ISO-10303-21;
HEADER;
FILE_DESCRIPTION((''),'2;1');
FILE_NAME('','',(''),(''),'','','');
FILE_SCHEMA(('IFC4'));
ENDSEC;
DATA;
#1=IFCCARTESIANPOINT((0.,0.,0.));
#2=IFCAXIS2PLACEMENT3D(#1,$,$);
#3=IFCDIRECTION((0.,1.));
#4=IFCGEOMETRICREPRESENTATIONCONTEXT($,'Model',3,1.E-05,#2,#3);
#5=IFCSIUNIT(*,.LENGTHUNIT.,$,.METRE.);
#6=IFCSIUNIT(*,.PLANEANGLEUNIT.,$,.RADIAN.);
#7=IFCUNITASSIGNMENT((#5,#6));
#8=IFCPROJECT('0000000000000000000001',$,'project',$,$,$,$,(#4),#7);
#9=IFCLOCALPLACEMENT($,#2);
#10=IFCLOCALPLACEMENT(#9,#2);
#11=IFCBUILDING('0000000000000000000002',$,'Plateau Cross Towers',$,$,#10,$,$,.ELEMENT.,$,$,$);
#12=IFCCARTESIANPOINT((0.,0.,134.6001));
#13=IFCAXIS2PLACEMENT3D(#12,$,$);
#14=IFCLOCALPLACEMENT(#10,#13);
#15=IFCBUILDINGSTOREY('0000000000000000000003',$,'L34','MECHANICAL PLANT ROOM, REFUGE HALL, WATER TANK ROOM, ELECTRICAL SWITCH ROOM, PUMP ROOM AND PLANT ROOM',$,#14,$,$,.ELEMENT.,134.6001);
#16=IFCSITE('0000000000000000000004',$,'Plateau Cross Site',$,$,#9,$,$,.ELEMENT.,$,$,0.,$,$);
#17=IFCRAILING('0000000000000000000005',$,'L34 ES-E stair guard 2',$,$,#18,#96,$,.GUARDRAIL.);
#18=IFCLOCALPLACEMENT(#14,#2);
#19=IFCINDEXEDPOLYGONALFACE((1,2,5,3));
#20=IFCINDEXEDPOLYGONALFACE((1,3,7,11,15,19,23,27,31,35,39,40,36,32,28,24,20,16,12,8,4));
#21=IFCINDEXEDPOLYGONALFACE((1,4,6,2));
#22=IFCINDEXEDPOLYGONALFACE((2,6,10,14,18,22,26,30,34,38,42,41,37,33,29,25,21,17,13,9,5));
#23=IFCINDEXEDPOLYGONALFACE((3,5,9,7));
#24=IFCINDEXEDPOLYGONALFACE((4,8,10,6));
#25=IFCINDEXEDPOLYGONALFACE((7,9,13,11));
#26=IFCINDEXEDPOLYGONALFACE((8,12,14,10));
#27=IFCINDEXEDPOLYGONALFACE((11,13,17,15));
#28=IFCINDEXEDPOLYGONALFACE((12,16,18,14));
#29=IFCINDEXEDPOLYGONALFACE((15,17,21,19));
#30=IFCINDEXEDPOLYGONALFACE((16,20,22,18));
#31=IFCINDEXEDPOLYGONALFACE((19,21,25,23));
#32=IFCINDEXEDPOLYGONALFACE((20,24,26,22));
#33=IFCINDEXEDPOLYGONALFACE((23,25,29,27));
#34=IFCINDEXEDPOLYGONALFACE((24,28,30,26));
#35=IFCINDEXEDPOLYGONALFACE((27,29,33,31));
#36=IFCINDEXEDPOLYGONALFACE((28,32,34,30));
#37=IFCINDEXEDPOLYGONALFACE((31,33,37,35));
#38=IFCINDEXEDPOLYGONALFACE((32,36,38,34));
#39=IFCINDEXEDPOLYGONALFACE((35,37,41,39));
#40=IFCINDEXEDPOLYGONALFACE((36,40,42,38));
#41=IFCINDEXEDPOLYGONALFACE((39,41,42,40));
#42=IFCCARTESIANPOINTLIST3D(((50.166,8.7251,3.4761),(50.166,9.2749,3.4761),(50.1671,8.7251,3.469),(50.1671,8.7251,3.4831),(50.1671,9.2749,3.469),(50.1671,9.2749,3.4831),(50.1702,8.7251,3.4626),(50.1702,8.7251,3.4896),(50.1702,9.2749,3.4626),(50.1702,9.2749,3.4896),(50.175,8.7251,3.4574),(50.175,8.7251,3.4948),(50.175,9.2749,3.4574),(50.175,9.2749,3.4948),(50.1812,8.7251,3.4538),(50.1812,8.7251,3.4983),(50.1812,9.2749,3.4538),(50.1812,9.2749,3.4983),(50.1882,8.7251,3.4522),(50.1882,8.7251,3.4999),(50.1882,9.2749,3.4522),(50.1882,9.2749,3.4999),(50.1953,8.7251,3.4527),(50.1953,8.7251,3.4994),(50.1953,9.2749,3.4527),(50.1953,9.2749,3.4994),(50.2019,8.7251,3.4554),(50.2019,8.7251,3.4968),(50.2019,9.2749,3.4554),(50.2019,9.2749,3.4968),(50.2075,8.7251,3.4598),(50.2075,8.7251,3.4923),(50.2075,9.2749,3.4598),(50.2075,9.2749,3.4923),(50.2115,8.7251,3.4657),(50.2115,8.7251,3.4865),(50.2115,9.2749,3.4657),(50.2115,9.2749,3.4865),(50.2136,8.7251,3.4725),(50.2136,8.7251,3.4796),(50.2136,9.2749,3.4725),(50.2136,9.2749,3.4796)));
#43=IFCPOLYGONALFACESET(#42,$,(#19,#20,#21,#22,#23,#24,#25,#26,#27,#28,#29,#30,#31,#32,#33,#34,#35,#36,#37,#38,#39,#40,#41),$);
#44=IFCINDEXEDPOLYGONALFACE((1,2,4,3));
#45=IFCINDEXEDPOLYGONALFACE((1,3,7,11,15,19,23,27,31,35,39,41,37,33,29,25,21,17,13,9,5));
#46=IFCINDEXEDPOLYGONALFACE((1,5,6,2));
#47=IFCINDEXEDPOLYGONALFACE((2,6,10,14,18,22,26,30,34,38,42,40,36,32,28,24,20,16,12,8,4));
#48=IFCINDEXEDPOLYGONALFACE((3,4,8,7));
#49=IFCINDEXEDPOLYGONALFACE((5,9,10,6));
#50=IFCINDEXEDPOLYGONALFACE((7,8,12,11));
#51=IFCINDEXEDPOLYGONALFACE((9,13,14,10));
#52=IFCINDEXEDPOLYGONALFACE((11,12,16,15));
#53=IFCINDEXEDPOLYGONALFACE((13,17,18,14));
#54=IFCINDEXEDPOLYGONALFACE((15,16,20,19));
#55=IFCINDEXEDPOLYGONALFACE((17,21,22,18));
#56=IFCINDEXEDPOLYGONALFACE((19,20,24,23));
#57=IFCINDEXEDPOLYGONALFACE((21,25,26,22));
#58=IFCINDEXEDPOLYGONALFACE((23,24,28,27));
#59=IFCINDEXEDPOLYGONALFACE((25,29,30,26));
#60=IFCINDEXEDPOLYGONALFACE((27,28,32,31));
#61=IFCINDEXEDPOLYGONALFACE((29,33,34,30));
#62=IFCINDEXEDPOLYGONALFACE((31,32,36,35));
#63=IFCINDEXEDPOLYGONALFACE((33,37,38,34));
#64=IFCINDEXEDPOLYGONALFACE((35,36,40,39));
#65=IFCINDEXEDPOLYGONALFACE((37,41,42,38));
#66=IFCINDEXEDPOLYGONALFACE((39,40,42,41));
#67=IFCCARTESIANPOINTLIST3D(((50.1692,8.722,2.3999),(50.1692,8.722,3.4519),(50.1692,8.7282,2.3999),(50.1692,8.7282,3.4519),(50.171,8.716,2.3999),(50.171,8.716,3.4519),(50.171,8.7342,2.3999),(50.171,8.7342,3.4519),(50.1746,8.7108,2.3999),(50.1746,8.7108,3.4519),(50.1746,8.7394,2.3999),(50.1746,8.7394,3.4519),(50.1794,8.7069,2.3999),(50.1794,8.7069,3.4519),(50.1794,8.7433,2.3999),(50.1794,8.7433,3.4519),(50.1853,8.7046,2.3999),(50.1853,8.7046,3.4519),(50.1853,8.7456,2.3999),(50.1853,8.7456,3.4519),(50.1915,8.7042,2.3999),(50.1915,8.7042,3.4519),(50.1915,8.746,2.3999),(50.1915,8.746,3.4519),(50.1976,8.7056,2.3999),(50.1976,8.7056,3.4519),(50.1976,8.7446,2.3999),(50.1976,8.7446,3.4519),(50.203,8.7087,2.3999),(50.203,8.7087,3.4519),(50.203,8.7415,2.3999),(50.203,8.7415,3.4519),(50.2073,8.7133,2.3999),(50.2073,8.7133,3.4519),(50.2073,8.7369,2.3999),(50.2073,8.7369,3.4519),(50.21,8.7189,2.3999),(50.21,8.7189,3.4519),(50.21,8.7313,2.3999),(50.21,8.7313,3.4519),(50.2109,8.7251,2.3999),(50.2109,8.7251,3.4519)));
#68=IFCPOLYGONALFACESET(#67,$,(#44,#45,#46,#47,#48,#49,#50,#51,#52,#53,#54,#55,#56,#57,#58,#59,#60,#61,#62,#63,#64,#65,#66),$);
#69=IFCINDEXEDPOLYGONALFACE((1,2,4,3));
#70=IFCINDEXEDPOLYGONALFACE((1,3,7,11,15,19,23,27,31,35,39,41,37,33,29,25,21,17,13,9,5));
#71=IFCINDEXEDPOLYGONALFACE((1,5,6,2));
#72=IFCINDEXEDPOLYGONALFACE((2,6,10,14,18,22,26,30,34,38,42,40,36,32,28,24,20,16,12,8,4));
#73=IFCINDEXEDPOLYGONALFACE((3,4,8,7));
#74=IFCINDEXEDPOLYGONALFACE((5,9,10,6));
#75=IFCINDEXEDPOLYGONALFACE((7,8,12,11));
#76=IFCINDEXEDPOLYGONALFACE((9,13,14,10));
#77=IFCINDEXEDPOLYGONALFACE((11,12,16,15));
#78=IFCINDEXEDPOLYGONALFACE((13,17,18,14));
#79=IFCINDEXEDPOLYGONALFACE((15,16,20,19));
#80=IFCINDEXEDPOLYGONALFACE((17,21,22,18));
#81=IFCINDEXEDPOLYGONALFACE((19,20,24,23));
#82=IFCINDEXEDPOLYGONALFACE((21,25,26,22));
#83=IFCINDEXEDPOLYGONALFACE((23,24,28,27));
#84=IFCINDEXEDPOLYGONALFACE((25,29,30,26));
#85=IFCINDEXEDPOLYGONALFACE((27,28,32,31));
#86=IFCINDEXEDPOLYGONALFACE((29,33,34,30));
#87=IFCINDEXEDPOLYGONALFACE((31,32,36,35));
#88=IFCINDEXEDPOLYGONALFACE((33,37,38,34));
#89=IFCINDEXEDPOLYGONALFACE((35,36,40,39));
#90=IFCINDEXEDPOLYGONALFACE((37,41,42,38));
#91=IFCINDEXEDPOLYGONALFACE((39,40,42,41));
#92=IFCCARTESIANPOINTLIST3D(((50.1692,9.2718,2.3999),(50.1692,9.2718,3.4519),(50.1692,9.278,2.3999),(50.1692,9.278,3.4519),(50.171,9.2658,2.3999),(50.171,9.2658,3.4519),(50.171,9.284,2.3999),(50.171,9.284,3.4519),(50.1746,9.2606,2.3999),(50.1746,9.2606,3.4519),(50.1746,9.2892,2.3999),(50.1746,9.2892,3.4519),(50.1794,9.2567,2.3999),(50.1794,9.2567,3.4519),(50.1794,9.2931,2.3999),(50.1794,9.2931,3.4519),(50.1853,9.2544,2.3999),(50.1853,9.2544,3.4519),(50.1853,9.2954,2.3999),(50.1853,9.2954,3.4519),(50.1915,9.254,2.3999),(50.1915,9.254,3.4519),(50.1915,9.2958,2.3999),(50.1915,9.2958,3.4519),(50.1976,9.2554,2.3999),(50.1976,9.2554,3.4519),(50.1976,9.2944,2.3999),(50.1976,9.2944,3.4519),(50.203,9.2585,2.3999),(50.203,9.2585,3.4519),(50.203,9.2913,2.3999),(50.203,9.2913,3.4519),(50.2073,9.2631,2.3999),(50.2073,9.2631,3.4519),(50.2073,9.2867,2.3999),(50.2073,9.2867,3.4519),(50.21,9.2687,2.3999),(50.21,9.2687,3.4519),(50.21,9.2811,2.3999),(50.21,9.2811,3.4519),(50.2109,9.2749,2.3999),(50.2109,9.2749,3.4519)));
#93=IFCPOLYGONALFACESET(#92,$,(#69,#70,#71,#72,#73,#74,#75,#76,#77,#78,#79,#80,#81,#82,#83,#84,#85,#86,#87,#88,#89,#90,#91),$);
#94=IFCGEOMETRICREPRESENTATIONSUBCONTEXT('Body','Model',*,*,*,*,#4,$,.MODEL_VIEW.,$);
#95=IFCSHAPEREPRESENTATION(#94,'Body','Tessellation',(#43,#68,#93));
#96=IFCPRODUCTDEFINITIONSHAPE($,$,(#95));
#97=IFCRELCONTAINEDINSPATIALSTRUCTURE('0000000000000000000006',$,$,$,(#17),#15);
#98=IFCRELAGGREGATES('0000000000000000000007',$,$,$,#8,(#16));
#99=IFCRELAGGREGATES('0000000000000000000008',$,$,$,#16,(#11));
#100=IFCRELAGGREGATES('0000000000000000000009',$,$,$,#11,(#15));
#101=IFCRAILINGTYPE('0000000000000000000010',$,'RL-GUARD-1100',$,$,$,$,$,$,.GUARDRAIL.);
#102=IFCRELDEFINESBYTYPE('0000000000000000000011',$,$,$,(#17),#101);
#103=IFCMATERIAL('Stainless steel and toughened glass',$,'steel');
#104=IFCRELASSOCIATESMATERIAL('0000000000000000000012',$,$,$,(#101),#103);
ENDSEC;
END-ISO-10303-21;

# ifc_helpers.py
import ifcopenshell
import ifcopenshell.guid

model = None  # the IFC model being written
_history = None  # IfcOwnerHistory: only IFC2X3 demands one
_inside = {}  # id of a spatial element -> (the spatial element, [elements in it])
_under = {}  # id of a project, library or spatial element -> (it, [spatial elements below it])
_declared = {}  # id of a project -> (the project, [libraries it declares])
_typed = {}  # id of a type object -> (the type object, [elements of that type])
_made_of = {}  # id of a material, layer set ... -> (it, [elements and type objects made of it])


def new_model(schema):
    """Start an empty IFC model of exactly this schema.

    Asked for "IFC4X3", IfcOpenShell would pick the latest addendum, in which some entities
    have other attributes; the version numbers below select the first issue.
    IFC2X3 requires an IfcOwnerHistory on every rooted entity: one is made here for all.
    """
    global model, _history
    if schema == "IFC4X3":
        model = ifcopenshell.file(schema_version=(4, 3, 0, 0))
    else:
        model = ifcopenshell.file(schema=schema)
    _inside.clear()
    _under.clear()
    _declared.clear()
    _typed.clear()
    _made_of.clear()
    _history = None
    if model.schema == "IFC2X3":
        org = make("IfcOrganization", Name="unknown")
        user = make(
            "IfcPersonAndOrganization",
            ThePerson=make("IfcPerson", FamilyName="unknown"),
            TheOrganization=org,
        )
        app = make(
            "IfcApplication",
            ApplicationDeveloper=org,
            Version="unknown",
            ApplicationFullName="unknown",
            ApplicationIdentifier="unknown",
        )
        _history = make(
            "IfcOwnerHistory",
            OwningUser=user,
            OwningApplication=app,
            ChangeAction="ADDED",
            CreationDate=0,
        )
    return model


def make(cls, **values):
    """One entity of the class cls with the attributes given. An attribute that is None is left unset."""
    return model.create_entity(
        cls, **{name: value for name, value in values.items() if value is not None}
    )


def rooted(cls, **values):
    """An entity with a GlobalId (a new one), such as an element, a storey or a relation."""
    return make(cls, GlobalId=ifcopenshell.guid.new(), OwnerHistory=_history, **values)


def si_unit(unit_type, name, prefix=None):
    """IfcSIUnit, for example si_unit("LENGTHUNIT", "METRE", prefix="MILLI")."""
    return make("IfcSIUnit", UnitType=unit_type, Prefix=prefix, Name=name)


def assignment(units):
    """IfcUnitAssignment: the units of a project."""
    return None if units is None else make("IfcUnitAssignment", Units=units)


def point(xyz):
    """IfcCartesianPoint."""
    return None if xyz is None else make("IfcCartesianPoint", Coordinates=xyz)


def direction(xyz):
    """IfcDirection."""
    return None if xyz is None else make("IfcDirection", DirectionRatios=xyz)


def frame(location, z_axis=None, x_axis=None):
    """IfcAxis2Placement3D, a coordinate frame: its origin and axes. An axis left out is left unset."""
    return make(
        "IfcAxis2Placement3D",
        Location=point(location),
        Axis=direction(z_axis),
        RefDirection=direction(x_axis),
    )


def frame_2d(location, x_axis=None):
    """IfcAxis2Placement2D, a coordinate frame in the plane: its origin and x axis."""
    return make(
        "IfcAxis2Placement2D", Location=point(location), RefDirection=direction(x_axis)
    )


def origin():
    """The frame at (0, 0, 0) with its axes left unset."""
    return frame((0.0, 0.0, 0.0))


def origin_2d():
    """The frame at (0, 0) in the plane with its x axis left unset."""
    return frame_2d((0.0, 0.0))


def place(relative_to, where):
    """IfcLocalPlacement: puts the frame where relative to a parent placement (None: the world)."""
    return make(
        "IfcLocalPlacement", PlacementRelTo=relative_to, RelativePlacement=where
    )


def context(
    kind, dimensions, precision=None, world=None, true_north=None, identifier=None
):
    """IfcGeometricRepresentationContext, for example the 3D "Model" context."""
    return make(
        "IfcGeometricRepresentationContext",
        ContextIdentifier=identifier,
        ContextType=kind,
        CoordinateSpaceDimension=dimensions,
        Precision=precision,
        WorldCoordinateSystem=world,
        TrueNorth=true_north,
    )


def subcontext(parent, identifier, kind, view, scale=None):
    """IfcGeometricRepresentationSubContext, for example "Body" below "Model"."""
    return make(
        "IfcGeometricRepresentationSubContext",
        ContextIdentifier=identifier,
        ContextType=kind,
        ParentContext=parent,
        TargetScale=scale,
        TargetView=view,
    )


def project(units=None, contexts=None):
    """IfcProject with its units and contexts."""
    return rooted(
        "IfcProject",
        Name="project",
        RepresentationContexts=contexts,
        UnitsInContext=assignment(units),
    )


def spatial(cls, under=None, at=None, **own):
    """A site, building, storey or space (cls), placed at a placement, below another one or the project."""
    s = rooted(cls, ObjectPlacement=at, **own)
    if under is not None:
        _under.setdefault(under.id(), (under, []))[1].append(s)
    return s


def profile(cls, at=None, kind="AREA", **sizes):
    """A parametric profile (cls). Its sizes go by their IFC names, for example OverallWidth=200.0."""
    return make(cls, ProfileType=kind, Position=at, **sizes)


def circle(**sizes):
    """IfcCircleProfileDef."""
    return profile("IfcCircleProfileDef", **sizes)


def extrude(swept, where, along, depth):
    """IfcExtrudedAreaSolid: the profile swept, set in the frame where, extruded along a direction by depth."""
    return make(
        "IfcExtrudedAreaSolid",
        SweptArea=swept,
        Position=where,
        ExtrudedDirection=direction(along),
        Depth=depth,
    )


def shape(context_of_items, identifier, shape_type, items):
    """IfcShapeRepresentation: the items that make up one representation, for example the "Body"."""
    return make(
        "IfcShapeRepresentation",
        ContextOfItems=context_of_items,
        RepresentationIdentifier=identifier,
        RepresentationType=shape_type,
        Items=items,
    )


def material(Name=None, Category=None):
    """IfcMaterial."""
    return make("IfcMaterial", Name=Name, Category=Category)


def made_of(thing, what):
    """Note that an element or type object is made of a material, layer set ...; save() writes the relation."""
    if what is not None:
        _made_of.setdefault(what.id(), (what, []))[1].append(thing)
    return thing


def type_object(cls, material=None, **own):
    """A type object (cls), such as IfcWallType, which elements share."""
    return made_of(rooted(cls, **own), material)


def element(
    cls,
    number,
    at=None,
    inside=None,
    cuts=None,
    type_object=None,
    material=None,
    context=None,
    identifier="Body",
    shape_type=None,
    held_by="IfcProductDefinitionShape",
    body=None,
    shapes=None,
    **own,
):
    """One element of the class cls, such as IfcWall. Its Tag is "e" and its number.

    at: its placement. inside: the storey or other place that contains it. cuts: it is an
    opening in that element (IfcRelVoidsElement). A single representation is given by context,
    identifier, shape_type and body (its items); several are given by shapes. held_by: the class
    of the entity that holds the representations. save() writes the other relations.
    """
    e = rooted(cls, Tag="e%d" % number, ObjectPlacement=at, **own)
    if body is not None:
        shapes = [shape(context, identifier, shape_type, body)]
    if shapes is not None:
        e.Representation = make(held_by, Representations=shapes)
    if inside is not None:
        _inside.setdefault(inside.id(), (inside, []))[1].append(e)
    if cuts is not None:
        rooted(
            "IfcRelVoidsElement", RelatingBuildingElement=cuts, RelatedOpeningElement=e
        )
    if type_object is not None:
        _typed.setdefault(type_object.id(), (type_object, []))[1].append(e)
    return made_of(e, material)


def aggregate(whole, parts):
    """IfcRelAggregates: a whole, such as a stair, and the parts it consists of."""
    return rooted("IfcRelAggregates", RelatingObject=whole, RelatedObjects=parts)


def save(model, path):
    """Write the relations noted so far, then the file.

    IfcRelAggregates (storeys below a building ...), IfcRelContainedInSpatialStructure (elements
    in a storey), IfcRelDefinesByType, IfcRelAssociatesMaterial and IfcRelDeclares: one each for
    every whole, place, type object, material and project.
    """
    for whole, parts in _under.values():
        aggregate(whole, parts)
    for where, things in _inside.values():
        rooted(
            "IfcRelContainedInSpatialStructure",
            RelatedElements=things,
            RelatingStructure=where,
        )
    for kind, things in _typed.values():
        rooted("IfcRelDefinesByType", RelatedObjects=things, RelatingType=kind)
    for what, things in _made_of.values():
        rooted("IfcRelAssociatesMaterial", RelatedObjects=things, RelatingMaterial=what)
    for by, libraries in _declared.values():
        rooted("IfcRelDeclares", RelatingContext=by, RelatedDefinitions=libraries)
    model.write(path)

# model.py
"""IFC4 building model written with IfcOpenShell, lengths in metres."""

from ifc_helpers import new_model, si_unit, direction, frame, origin, origin_2d, place, context, subcontext, project, spatial, circle, extrude, material, type_object, element, save


model = new_model("IFC4")

# Units and contexts
model_context = context("Model", 3, precision=1e-05, world=origin(), true_north=direction((0.0, 1.0)))
body_context = subcontext(model_context, "Body", "Model", "MODEL_VIEW")
ifc_project = project(units=[si_unit("LENGTHUNIT", "METRE"), si_unit("PLANEANGLEUNIT", "RADIAN")], contexts=[model_context])

# Site, building, storey
site_placement = place(None, origin())
site = spatial("IfcSite", under=ifc_project, at=site_placement, Name="Plateau Cross Site", CompositionType="ELEMENT", RefElevation=0.0)
building_placement = place(site_placement, origin())
building = spatial("IfcBuilding", under=site, at=building_placement, Name="Plateau Cross Towers", CompositionType="ELEMENT")
storey_placement = place(building_placement, frame((0.0, 0.0, 134.6001)))
storey = spatial("IfcBuildingStorey", under=building, at=storey_placement, Name="L34", Description="MECHANICAL PLANT ROOM, REFUGE HALL, WATER TANK ROOM, ELECTRICAL SWITCH ROOM, PUMP ROOM AND PLANT ROOM", CompositionType="ELEMENT", Elevation=134.6001)

# Railing
ifc_material_1 = material(Name="Stainless steel and toughened glass", Category="steel")
railing_type_1 = type_object("IfcRailingType", Name="RL-GUARD-1100", PredefinedType="GUARDRAIL", material=ifc_material_1)
railing_1_placement = place(storey_placement, frame((50.1899, 8.7251, 2.3999)))
element("IfcRailing", 1, at=railing_1_placement, inside=storey, type_object=railing_type_1, Name="L34 ES-E stair guard 2", PredefinedType="GUARDRAIL", context=body_context, shape_type="SweptSolid", body=[
    extrude(circle(Radius=0.0239, at=origin_2d()), frame((0.0, 0.0, 1.0762), z_axis=(0.0, 1.0, 0.0), x_axis=(-1.0, 0.0, 0.0)), (0.0, 0.0, 1.0), 0.5498),
    extrude(circle(Radius=0.021, at=origin_2d()), origin(), (0.0, 0.0, 1.0), 1.052),
    extrude(circle(Radius=0.021, at=origin_2d()), frame((0.0, 0.5498, 0.0)), (0.0, 0.0, 1.0), 1.052),
])

save(model, "model.ifc")
